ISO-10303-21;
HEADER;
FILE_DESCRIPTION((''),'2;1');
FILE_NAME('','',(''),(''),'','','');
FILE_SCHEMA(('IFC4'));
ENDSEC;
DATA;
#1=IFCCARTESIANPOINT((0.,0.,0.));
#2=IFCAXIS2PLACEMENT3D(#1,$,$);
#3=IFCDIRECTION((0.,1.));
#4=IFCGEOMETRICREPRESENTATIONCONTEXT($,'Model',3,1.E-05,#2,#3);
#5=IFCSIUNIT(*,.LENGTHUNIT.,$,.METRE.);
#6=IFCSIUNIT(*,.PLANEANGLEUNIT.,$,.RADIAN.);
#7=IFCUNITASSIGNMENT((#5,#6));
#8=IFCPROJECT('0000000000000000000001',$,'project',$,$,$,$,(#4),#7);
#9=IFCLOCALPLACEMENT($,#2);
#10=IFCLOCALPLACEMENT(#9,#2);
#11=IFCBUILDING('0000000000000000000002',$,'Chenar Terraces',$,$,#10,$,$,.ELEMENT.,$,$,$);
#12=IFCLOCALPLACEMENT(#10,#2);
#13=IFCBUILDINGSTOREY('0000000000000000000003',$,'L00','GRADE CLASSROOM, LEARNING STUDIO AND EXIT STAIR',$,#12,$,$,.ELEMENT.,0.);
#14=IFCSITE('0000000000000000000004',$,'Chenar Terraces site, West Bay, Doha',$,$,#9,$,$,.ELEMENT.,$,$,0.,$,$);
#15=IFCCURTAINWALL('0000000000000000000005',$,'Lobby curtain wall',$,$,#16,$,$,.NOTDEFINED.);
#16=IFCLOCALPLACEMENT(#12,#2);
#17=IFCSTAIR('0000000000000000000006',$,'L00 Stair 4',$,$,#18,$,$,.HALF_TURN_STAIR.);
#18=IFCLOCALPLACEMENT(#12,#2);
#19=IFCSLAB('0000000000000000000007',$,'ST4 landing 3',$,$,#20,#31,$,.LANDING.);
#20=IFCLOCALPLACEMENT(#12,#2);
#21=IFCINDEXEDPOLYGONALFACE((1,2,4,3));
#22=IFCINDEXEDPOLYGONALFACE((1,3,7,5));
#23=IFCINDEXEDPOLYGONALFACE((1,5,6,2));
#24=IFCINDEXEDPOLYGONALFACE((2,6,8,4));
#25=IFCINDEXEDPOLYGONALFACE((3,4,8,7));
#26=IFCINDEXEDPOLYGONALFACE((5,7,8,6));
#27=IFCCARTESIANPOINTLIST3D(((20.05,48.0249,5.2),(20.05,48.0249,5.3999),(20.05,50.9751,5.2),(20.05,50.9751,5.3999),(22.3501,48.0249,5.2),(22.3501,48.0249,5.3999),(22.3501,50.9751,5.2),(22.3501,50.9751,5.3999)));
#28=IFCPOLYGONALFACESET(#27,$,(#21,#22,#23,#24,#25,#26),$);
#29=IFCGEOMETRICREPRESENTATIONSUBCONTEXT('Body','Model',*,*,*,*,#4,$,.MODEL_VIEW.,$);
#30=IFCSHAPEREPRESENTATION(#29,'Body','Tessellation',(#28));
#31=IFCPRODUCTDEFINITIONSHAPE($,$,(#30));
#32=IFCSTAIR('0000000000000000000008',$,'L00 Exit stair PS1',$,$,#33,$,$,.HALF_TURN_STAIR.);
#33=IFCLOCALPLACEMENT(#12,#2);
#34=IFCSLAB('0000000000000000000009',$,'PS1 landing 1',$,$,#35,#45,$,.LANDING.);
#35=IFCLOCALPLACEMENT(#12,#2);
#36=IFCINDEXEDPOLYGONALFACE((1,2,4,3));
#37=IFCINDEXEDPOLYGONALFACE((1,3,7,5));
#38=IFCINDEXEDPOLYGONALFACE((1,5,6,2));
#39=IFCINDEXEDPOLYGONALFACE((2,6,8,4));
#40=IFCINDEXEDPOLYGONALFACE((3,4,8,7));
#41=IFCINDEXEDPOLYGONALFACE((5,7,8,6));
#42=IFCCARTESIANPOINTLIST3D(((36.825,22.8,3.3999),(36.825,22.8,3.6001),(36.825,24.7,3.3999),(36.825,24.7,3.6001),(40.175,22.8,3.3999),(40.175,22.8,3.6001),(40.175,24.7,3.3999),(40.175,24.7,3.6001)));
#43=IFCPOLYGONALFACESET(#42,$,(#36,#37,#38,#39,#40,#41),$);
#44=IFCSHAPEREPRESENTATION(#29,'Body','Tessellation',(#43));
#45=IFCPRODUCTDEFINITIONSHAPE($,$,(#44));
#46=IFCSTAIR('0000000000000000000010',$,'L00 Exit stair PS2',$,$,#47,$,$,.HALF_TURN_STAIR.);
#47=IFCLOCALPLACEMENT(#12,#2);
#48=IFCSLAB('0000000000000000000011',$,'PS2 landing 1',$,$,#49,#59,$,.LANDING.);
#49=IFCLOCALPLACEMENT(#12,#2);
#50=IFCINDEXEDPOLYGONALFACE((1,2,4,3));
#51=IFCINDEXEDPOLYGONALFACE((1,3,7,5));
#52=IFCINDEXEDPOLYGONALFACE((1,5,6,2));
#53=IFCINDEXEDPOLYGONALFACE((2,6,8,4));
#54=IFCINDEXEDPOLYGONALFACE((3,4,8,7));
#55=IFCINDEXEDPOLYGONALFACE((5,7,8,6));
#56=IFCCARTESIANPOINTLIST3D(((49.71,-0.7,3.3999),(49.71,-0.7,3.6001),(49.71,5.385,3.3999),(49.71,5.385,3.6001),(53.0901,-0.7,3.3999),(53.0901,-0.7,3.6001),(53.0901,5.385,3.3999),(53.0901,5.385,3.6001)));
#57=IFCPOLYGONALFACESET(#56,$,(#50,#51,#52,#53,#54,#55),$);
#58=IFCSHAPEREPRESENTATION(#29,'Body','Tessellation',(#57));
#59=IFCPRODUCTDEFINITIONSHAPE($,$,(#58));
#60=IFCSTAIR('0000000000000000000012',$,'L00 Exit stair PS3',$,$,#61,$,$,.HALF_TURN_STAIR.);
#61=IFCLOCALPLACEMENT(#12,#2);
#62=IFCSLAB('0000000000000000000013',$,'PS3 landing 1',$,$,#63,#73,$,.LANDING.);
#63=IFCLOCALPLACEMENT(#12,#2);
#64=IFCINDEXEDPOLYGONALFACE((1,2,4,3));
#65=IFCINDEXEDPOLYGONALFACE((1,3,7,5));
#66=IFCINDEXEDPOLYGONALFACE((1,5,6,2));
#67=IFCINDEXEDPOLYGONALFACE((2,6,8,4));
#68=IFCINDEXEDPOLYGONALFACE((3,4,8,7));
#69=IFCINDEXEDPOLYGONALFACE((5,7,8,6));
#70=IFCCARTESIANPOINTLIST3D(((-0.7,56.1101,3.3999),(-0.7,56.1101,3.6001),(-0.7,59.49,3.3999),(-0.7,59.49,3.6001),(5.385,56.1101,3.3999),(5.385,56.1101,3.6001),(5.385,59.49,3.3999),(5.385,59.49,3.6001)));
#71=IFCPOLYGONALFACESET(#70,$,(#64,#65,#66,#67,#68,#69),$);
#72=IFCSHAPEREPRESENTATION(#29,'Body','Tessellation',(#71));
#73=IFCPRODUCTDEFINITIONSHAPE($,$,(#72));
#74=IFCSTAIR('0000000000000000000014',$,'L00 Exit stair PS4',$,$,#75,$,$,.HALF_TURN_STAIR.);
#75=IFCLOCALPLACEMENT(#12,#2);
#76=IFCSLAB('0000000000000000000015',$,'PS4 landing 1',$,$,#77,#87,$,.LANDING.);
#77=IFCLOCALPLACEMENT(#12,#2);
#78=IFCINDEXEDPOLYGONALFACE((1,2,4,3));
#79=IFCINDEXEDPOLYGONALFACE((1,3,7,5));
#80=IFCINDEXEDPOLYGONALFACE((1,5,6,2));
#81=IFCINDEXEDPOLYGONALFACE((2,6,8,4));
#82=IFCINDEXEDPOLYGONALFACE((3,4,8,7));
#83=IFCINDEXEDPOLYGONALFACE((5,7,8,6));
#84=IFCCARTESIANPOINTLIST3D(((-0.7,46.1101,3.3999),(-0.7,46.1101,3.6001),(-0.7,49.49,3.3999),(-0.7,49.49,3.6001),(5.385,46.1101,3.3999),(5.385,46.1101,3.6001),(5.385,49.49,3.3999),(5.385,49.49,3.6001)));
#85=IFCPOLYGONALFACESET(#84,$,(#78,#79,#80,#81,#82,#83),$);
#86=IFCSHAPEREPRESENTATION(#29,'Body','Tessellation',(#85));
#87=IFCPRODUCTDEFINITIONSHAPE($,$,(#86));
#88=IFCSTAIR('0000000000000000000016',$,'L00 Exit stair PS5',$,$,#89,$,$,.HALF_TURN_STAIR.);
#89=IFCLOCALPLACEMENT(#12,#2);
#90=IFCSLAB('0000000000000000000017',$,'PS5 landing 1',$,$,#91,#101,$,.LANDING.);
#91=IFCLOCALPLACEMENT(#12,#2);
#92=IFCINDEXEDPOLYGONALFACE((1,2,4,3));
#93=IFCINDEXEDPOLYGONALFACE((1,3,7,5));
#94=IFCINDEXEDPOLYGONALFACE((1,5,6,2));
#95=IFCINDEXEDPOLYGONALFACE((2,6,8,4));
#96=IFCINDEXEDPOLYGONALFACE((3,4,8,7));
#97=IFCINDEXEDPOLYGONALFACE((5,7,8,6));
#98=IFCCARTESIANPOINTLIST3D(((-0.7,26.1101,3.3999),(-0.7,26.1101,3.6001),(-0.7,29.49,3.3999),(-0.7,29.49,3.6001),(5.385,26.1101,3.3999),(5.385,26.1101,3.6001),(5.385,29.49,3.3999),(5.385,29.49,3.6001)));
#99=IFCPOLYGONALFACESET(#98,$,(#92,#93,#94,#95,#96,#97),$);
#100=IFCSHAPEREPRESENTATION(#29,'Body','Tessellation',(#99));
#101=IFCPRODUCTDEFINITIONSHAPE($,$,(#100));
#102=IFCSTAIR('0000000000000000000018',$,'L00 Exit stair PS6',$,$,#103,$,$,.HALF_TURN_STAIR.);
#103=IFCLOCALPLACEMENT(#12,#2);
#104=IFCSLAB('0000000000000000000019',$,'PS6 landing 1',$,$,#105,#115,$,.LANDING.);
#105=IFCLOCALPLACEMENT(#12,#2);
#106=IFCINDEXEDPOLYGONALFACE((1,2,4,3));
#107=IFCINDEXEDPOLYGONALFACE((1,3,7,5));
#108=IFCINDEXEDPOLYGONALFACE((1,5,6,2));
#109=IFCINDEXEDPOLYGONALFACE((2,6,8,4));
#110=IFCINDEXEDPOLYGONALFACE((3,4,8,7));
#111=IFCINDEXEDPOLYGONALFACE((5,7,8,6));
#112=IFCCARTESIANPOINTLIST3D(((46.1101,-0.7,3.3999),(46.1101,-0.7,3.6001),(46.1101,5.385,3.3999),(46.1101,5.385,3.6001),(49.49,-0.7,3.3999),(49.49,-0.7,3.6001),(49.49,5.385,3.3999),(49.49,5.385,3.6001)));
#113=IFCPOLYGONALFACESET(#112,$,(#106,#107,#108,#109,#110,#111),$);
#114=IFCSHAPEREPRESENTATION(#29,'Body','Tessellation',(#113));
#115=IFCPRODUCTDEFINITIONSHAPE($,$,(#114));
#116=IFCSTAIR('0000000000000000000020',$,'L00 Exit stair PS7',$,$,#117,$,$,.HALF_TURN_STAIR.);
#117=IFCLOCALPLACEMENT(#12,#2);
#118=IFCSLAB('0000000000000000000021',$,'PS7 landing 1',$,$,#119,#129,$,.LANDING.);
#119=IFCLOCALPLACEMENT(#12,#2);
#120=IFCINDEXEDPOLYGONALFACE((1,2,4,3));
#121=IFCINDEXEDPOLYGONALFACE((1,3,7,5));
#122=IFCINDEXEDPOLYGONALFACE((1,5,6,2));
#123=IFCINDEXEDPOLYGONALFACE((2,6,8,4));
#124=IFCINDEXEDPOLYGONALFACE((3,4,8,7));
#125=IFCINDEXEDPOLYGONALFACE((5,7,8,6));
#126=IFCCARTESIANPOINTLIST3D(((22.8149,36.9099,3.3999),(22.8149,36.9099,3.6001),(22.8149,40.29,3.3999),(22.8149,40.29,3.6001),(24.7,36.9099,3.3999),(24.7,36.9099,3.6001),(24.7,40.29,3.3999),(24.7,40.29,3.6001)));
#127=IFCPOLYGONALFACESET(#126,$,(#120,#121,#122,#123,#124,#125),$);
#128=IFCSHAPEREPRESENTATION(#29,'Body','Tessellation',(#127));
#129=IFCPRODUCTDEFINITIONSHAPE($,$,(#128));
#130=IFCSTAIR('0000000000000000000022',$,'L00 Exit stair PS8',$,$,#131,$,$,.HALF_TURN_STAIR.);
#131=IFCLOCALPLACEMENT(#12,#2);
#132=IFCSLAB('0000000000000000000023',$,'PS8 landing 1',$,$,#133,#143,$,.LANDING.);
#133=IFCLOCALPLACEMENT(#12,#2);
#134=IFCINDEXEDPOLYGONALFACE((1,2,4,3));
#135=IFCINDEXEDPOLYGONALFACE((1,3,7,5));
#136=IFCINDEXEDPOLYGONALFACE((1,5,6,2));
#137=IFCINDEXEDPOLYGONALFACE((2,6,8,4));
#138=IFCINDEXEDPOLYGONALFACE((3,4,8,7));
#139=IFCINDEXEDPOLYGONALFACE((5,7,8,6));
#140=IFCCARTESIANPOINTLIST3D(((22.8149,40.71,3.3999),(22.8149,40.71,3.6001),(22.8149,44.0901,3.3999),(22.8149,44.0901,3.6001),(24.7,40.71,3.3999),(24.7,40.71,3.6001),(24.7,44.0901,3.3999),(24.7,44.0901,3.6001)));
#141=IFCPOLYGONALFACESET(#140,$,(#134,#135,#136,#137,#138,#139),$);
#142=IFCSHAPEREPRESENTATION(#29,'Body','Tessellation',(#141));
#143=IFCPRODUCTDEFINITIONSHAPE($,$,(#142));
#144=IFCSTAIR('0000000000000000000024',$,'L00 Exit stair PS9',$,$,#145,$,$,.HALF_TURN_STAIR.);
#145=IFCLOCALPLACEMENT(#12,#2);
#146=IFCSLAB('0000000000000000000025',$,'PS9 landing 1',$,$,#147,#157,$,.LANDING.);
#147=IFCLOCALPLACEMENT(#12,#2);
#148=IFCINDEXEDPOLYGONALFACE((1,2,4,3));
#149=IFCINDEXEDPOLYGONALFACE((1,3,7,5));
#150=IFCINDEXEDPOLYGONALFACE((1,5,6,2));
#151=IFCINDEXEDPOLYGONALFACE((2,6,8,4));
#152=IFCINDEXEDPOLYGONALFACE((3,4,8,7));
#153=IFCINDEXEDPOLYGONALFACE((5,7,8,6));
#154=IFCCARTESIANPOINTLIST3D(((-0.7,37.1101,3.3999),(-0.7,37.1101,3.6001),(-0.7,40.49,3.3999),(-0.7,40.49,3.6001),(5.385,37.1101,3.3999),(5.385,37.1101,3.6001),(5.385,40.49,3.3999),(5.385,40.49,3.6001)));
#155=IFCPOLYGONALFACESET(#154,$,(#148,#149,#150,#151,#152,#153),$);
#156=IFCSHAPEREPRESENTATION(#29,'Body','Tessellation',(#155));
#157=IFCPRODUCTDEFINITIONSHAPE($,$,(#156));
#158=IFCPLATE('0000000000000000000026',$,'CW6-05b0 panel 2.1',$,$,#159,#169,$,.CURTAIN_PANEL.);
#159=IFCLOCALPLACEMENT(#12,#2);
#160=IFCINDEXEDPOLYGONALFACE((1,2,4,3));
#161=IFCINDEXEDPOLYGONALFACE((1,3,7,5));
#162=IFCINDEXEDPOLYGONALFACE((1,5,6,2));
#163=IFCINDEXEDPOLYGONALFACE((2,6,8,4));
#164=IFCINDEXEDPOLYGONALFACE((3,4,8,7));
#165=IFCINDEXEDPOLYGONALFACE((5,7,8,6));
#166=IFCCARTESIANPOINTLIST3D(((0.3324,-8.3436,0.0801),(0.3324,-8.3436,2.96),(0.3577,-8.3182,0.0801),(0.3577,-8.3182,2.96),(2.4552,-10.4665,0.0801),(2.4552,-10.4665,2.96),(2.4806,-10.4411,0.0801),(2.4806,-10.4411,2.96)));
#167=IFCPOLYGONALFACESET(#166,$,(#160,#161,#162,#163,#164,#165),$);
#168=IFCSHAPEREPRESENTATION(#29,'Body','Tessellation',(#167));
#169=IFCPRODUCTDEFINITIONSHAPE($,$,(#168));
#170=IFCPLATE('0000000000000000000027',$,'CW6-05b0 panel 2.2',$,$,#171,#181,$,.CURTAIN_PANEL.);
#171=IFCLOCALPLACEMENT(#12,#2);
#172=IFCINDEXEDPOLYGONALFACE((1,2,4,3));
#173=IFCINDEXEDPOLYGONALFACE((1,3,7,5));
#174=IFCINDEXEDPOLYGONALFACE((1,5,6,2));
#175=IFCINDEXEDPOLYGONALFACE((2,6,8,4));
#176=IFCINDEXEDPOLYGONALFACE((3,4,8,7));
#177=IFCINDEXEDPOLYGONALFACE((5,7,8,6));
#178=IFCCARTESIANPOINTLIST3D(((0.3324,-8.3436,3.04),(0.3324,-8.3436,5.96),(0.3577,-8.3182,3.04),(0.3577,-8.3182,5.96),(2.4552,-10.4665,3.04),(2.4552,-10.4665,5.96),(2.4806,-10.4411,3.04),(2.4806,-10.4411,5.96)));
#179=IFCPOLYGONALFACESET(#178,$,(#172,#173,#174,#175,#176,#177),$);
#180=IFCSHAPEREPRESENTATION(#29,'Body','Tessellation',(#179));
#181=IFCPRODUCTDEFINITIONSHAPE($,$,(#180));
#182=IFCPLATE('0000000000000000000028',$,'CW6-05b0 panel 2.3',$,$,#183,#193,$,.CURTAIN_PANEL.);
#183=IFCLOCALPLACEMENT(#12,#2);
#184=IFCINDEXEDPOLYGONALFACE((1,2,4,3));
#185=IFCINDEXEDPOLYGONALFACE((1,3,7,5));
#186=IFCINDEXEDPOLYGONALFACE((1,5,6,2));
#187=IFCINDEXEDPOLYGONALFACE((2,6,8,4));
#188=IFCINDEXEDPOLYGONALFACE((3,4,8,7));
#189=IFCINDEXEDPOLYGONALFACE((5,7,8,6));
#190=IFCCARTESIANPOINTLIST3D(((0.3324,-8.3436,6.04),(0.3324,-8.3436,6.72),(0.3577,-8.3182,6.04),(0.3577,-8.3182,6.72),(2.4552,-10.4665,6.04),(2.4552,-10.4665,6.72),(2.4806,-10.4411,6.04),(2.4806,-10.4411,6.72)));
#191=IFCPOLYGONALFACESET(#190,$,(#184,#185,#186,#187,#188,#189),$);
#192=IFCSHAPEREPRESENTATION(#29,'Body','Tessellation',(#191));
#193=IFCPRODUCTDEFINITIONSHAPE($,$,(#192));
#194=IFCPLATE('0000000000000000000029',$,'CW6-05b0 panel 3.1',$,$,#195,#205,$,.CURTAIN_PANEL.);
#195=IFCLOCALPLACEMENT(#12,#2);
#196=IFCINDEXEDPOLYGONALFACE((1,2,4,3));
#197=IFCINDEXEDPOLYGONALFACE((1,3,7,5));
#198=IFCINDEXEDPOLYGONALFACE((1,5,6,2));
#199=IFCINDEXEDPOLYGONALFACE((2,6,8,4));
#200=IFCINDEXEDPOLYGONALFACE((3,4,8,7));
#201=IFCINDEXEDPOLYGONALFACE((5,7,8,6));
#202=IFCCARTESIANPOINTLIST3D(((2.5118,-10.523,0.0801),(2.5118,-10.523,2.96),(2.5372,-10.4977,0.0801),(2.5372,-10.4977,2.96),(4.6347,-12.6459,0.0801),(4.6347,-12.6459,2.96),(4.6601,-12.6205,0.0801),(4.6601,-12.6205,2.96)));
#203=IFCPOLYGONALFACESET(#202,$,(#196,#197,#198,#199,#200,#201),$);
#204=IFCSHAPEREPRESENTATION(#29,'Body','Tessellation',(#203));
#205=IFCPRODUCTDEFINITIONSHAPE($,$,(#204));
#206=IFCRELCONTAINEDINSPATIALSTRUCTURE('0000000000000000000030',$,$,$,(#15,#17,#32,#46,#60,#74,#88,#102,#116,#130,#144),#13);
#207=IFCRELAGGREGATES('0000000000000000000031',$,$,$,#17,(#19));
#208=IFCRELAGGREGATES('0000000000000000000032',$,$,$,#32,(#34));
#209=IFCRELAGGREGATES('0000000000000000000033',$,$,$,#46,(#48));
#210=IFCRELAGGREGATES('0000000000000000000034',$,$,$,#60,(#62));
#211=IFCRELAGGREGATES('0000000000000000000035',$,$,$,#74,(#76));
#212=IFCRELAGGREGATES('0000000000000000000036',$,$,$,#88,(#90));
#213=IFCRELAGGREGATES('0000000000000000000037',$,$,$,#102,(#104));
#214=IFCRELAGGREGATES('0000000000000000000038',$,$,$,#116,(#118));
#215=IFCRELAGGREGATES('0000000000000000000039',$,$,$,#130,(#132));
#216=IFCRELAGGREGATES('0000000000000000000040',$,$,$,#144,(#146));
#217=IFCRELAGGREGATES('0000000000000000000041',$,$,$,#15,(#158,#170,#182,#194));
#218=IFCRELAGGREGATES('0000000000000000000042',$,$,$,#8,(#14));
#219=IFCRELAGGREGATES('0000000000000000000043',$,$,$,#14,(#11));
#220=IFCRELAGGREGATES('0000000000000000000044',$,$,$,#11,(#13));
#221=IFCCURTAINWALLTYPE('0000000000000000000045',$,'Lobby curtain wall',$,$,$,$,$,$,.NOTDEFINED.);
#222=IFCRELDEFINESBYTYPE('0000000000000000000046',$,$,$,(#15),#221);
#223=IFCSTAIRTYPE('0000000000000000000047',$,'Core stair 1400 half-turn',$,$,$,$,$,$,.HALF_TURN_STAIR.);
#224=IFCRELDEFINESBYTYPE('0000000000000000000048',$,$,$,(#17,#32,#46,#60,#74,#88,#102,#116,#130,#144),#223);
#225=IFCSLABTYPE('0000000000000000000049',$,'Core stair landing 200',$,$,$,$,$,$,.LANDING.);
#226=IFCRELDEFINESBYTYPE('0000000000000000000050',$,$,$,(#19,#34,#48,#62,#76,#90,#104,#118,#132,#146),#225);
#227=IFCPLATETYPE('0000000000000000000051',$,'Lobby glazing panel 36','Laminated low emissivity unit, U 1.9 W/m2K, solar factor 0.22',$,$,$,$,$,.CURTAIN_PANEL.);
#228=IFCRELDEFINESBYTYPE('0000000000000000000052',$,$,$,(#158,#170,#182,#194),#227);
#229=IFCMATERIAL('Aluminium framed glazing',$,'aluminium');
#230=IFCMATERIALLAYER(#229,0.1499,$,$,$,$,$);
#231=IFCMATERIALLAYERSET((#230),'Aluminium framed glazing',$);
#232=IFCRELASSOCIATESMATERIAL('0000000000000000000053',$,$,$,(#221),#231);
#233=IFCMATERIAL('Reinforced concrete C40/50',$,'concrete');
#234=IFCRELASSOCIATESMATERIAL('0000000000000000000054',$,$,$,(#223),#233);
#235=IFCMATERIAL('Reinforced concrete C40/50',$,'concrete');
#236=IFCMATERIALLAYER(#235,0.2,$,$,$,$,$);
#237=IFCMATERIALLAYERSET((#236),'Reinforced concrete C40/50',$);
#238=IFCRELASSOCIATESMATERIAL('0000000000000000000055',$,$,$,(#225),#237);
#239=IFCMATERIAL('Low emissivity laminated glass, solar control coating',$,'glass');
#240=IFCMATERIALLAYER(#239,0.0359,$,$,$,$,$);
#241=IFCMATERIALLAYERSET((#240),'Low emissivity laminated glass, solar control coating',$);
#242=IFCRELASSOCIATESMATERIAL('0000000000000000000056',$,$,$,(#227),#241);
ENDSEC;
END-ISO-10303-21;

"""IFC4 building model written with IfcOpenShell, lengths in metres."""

from ifc_helpers import new_model, si_unit, direction, frame, origin, origin_2d, place, context, subcontext, project, spatial, polyline, rectangle, outline, extrude, material, layer, layer_set, type_object, element, aggregate, save


model = new_model("IFC4")

# Units and contexts
model_context = context("Model", 3, precision=1e-05, world=origin(), true_north=direction((0.0, 1.0)))
body_context = subcontext(model_context, "Body", "Model", "MODEL_VIEW")
ifc_project = project(units=[si_unit("LENGTHUNIT", "METRE"), si_unit("PLANEANGLEUNIT", "RADIAN")], contexts=[model_context])

# Site, building, storey
site_placement = place(None, origin())
site = spatial("IfcSite", under=ifc_project, at=site_placement, Name="Chenar Terraces site, West Bay, Doha", CompositionType="ELEMENT", RefElevation=0.0)
building_placement = place(site_placement, origin())
building = spatial("IfcBuilding", under=site, at=building_placement, Name="Chenar Terraces", CompositionType="ELEMENT")
storey_placement = place(building_placement, origin())
storey = spatial("IfcBuildingStorey", under=building, at=storey_placement, Name="L00", Description="GRADE CLASSROOM, LEARNING STUDIO AND EXIT STAIR", CompositionType="ELEMENT", Elevation=0.0)

# Curtain wall
ifc_material_1 = material(Name="Aluminium framed glazing", Category="aluminium")
ifc_layer_1 = layer(ifc_material_1, 0.1499)
ifc_layer_set_1 = layer_set([ifc_layer_1], Name="Aluminium framed glazing")
curtain_wall_type = type_object("IfcCurtainWallType", Name="Lobby curtain wall", PredefinedType="NOTDEFINED", material=ifc_layer_set_1)
placement_1 = place(storey_placement, origin())
curtain_wall = element("IfcCurtainWall", 1, at=placement_1, inside=storey, type_object=curtain_wall_type, Name="Lobby curtain wall", PredefinedType="NOTDEFINED")

# Stair, slab
ifc_material_2 = material(Name="Reinforced concrete C40/50", Category="concrete")
stair_type = type_object("IfcStairType", Name="Core stair 1400 half-turn", PredefinedType="HALF_TURN_STAIR", material=ifc_material_2)
ifc_material_3 = material(Name="Reinforced concrete C40/50", Category="concrete")
ifc_layer_2 = layer(ifc_material_3, 0.2)
ifc_layer_set_2 = layer_set([ifc_layer_2], Name="Reinforced concrete C40/50")
slab_type = type_object("IfcSlabType", Name="Core stair landing 200", PredefinedType="LANDING", material=ifc_layer_set_2)
placement_2 = place(storey_placement, frame((0.0, 0.0, 3.3999)))
placement_3 = place(storey_placement, frame((0.0, 0.0, 5.2)))
stair_1 = element("IfcStair", 2, at=placement_1, inside=storey, type_object=stair_type, Name="L00 Stair 4", PredefinedType="HALF_TURN_STAIR")
slab_1 = element("IfcSlab", 3, at=placement_3, type_object=slab_type, Name="ST4 landing 3", PredefinedType="LANDING", context=body_context, shape_type="SweptSolid", body=[
    extrude(outline(polyline([(20.05, 48.0249), (22.3501, 48.0249), (22.3501, 50.9751), (20.05, 50.9751), (20.05, 48.0249)])), origin(), (0.0, 0.0, 1.0), 0.2),
])
aggregate(stair_1, [slab_1])

# Stairs, slabs
stair_2 = element("IfcStair", 4, at=placement_1, inside=storey, type_object=stair_type, Name="L00 Exit stair PS1", PredefinedType="HALF_TURN_STAIR")
slab_2 = element("IfcSlab", 5, at=placement_2, type_object=slab_type, Name="PS1 landing 1", PredefinedType="LANDING", context=body_context, shape_type="SweptSolid", body=[
    extrude(outline(polyline([(40.175, 22.8), (40.175, 24.7), (36.825, 24.7), (36.825, 22.8), (40.175, 22.8)])), origin(), (0.0, 0.0, 1.0), 0.2002),
])
aggregate(stair_2, [slab_2])
stair_3 = element("IfcStair", 6, at=placement_1, inside=storey, type_object=stair_type, Name="L00 Exit stair PS2", PredefinedType="HALF_TURN_STAIR")
slab_3 = element("IfcSlab", 7, at=placement_2, type_object=slab_type, Name="PS2 landing 1", PredefinedType="LANDING", context=body_context, shape_type="SweptSolid", body=[
    extrude(outline(polyline([(49.71, 5.385), (49.71, -0.7), (53.0901, -0.7), (53.0901, 5.385), (49.71, 5.385)])), origin(), (0.0, 0.0, 1.0), 0.2002),
])
aggregate(stair_3, [slab_3])
stair_4 = element("IfcStair", 8, at=placement_1, inside=storey, type_object=stair_type, Name="L00 Exit stair PS3", PredefinedType="HALF_TURN_STAIR")
slab_4 = element("IfcSlab", 9, at=placement_2, type_object=slab_type, Name="PS3 landing 1", PredefinedType="LANDING", context=body_context, shape_type="SweptSolid", body=[
    extrude(outline(polyline([(5.385, 59.49), (-0.7, 59.49), (-0.7, 56.1101), (5.385, 56.1101), (5.385, 59.49)])), origin(), (0.0, 0.0, 1.0), 0.2002),
])
aggregate(stair_4, [slab_4])
stair_5 = element("IfcStair", 10, at=placement_1, inside=storey, type_object=stair_type, Name="L00 Exit stair PS4", PredefinedType="HALF_TURN_STAIR")
slab_5 = element("IfcSlab", 11, at=placement_2, type_object=slab_type, Name="PS4 landing 1", PredefinedType="LANDING", context=body_context, shape_type="SweptSolid", body=[
    extrude(outline(polyline([(5.385, 49.49), (-0.7, 49.49), (-0.7, 46.1101), (5.385, 46.1101), (5.385, 49.49)])), origin(), (0.0, 0.0, 1.0), 0.2002),
])
aggregate(stair_5, [slab_5])
stair_6 = element("IfcStair", 12, at=placement_1, inside=storey, type_object=stair_type, Name="L00 Exit stair PS5", PredefinedType="HALF_TURN_STAIR")
slab_6 = element("IfcSlab", 13, at=placement_2, type_object=slab_type, Name="PS5 landing 1", PredefinedType="LANDING", context=body_context, shape_type="SweptSolid", body=[
    extrude(outline(polyline([(5.385, 29.49), (-0.7, 29.49), (-0.7, 26.1101), (5.385, 26.1101), (5.385, 29.49)])), origin(), (0.0, 0.0, 1.0), 0.2002),
])
aggregate(stair_6, [slab_6])
stair_7 = element("IfcStair", 14, at=placement_1, inside=storey, type_object=stair_type, Name="L00 Exit stair PS6", PredefinedType="HALF_TURN_STAIR")
slab_7 = element("IfcSlab", 15, at=placement_2, type_object=slab_type, Name="PS6 landing 1", PredefinedType="LANDING", context=body_context, shape_type="SweptSolid", body=[
    extrude(outline(polyline([(46.1101, 5.385), (46.1101, -0.7), (49.49, -0.7), (49.49, 5.385), (46.1101, 5.385)])), origin(), (0.0, 0.0, 1.0), 0.2002),
])
aggregate(stair_7, [slab_7])
stair_8 = element("IfcStair", 16, at=placement_1, inside=storey, type_object=stair_type, Name="L00 Exit stair PS7", PredefinedType="HALF_TURN_STAIR")
slab_8 = element("IfcSlab", 17, at=placement_2, type_object=slab_type, Name="PS7 landing 1", PredefinedType="LANDING", context=body_context, shape_type="SweptSolid", body=[
    extrude(outline(polyline([(22.8149, 36.9099), (24.7, 36.9099), (24.7, 40.29), (22.8149, 40.29), (22.8149, 36.9099)])), origin(), (0.0, 0.0, 1.0), 0.2002),
])
aggregate(stair_8, [slab_8])
stair_9 = element("IfcStair", 18, at=placement_1, inside=storey, type_object=stair_type, Name="L00 Exit stair PS8", PredefinedType="HALF_TURN_STAIR")
slab_9 = element("IfcSlab", 19, at=placement_2, type_object=slab_type, Name="PS8 landing 1", PredefinedType="LANDING", context=body_context, shape_type="SweptSolid", body=[
    extrude(outline(polyline([(22.8149, 40.71), (24.7, 40.71), (24.7, 44.0901), (22.8149, 44.0901), (22.8149, 40.71)])), origin(), (0.0, 0.0, 1.0), 0.2002),
])
aggregate(stair_9, [slab_9])
stair_10 = element("IfcStair", 20, at=placement_1, inside=storey, type_object=stair_type, Name="L00 Exit stair PS9", PredefinedType="HALF_TURN_STAIR")
slab_10 = element("IfcSlab", 21, at=placement_2, type_object=slab_type, Name="PS9 landing 1", PredefinedType="LANDING", context=body_context, shape_type="SweptSolid", body=[
    extrude(outline(polyline([(5.385, 40.49), (-0.7, 40.49), (-0.7, 37.1101), (5.385, 37.1101), (5.385, 40.49)])), origin(), (0.0, 0.0, 1.0), 0.2002),
])
aggregate(stair_10, [slab_10])

# Plates
ifc_material_4 = material(Name="Low emissivity laminated glass, solar control coating", Category="glass")
ifc_layer_3 = layer(ifc_material_4, 0.0359)
ifc_layer_set_3 = layer_set([ifc_layer_3], Name="Low emissivity laminated glass, solar control coating")
plate_type = type_object("IfcPlateType", Name="Lobby glazing panel 36", Description="Laminated low emissivity unit, U 1.9 W/m2K, solar factor 0.22", PredefinedType="CURTAIN_PANEL", material=ifc_layer_set_3)
plate_1_placement = place(storey_placement, frame((1.4065, -9.3923, 0.0801), z_axis=(0.0, 0.0, 1.0), x_axis=(0.707107, -0.707107, 0.0)))
plate_1 = element("IfcPlate", 22, at=plate_1_placement, type_object=plate_type, Name="CW6-05b0 panel 2.1", PredefinedType="CURTAIN_PANEL", context=body_context, shape_type="SweptSolid", body=[
    extrude(rectangle(XDim=3.0022, YDim=0.0359, at=origin_2d()), origin(), (0.0, 0.0, 1.0), 2.8799),
])
plate_2_placement = place(storey_placement, frame((1.4065, -9.3923, 3.04), z_axis=(0.0, 0.0, 1.0), x_axis=(0.707107, -0.707107, 0.0)))
plate_2 = element("IfcPlate", 23, at=plate_2_placement, type_object=plate_type, Name="CW6-05b0 panel 2.2", PredefinedType="CURTAIN_PANEL", context=body_context, shape_type="SweptSolid", body=[
    extrude(rectangle(XDim=3.0022, YDim=0.0359, at=origin_2d()), origin(), (0.0, 0.0, 1.0), 2.9199),
])
plate_3_placement = place(storey_placement, frame((1.4065, -9.3923, 6.04), z_axis=(0.0, 0.0, 1.0), x_axis=(0.707107, -0.707107, 0.0)))
plate_3 = element("IfcPlate", 24, at=plate_3_placement, type_object=plate_type, Name="CW6-05b0 panel 2.3", PredefinedType="CURTAIN_PANEL", context=body_context, shape_type="SweptSolid", body=[
    extrude(rectangle(XDim=3.0022, YDim=0.0359, at=origin_2d()), origin(), (0.0, 0.0, 1.0), 0.6799),
])
plate_4_placement = place(storey_placement, frame((3.5859, -11.5718, 0.0801), z_axis=(0.0, 0.0, 1.0), x_axis=(0.707107, -0.707107, 0.0)))
plate_4 = element("IfcPlate", 25, at=plate_4_placement, type_object=plate_type, Name="CW6-05b0 panel 3.1", PredefinedType="CURTAIN_PANEL", context=body_context, shape_type="SweptSolid", body=[
    extrude(rectangle(XDim=3.0022, YDim=0.0359, at=origin_2d()), origin(), (0.0, 0.0, 1.0), 2.8799),
])
aggregate(curtain_wall, [plate_1, plate_2, plate_3, plate_4])

save(model, "model.ifc")
